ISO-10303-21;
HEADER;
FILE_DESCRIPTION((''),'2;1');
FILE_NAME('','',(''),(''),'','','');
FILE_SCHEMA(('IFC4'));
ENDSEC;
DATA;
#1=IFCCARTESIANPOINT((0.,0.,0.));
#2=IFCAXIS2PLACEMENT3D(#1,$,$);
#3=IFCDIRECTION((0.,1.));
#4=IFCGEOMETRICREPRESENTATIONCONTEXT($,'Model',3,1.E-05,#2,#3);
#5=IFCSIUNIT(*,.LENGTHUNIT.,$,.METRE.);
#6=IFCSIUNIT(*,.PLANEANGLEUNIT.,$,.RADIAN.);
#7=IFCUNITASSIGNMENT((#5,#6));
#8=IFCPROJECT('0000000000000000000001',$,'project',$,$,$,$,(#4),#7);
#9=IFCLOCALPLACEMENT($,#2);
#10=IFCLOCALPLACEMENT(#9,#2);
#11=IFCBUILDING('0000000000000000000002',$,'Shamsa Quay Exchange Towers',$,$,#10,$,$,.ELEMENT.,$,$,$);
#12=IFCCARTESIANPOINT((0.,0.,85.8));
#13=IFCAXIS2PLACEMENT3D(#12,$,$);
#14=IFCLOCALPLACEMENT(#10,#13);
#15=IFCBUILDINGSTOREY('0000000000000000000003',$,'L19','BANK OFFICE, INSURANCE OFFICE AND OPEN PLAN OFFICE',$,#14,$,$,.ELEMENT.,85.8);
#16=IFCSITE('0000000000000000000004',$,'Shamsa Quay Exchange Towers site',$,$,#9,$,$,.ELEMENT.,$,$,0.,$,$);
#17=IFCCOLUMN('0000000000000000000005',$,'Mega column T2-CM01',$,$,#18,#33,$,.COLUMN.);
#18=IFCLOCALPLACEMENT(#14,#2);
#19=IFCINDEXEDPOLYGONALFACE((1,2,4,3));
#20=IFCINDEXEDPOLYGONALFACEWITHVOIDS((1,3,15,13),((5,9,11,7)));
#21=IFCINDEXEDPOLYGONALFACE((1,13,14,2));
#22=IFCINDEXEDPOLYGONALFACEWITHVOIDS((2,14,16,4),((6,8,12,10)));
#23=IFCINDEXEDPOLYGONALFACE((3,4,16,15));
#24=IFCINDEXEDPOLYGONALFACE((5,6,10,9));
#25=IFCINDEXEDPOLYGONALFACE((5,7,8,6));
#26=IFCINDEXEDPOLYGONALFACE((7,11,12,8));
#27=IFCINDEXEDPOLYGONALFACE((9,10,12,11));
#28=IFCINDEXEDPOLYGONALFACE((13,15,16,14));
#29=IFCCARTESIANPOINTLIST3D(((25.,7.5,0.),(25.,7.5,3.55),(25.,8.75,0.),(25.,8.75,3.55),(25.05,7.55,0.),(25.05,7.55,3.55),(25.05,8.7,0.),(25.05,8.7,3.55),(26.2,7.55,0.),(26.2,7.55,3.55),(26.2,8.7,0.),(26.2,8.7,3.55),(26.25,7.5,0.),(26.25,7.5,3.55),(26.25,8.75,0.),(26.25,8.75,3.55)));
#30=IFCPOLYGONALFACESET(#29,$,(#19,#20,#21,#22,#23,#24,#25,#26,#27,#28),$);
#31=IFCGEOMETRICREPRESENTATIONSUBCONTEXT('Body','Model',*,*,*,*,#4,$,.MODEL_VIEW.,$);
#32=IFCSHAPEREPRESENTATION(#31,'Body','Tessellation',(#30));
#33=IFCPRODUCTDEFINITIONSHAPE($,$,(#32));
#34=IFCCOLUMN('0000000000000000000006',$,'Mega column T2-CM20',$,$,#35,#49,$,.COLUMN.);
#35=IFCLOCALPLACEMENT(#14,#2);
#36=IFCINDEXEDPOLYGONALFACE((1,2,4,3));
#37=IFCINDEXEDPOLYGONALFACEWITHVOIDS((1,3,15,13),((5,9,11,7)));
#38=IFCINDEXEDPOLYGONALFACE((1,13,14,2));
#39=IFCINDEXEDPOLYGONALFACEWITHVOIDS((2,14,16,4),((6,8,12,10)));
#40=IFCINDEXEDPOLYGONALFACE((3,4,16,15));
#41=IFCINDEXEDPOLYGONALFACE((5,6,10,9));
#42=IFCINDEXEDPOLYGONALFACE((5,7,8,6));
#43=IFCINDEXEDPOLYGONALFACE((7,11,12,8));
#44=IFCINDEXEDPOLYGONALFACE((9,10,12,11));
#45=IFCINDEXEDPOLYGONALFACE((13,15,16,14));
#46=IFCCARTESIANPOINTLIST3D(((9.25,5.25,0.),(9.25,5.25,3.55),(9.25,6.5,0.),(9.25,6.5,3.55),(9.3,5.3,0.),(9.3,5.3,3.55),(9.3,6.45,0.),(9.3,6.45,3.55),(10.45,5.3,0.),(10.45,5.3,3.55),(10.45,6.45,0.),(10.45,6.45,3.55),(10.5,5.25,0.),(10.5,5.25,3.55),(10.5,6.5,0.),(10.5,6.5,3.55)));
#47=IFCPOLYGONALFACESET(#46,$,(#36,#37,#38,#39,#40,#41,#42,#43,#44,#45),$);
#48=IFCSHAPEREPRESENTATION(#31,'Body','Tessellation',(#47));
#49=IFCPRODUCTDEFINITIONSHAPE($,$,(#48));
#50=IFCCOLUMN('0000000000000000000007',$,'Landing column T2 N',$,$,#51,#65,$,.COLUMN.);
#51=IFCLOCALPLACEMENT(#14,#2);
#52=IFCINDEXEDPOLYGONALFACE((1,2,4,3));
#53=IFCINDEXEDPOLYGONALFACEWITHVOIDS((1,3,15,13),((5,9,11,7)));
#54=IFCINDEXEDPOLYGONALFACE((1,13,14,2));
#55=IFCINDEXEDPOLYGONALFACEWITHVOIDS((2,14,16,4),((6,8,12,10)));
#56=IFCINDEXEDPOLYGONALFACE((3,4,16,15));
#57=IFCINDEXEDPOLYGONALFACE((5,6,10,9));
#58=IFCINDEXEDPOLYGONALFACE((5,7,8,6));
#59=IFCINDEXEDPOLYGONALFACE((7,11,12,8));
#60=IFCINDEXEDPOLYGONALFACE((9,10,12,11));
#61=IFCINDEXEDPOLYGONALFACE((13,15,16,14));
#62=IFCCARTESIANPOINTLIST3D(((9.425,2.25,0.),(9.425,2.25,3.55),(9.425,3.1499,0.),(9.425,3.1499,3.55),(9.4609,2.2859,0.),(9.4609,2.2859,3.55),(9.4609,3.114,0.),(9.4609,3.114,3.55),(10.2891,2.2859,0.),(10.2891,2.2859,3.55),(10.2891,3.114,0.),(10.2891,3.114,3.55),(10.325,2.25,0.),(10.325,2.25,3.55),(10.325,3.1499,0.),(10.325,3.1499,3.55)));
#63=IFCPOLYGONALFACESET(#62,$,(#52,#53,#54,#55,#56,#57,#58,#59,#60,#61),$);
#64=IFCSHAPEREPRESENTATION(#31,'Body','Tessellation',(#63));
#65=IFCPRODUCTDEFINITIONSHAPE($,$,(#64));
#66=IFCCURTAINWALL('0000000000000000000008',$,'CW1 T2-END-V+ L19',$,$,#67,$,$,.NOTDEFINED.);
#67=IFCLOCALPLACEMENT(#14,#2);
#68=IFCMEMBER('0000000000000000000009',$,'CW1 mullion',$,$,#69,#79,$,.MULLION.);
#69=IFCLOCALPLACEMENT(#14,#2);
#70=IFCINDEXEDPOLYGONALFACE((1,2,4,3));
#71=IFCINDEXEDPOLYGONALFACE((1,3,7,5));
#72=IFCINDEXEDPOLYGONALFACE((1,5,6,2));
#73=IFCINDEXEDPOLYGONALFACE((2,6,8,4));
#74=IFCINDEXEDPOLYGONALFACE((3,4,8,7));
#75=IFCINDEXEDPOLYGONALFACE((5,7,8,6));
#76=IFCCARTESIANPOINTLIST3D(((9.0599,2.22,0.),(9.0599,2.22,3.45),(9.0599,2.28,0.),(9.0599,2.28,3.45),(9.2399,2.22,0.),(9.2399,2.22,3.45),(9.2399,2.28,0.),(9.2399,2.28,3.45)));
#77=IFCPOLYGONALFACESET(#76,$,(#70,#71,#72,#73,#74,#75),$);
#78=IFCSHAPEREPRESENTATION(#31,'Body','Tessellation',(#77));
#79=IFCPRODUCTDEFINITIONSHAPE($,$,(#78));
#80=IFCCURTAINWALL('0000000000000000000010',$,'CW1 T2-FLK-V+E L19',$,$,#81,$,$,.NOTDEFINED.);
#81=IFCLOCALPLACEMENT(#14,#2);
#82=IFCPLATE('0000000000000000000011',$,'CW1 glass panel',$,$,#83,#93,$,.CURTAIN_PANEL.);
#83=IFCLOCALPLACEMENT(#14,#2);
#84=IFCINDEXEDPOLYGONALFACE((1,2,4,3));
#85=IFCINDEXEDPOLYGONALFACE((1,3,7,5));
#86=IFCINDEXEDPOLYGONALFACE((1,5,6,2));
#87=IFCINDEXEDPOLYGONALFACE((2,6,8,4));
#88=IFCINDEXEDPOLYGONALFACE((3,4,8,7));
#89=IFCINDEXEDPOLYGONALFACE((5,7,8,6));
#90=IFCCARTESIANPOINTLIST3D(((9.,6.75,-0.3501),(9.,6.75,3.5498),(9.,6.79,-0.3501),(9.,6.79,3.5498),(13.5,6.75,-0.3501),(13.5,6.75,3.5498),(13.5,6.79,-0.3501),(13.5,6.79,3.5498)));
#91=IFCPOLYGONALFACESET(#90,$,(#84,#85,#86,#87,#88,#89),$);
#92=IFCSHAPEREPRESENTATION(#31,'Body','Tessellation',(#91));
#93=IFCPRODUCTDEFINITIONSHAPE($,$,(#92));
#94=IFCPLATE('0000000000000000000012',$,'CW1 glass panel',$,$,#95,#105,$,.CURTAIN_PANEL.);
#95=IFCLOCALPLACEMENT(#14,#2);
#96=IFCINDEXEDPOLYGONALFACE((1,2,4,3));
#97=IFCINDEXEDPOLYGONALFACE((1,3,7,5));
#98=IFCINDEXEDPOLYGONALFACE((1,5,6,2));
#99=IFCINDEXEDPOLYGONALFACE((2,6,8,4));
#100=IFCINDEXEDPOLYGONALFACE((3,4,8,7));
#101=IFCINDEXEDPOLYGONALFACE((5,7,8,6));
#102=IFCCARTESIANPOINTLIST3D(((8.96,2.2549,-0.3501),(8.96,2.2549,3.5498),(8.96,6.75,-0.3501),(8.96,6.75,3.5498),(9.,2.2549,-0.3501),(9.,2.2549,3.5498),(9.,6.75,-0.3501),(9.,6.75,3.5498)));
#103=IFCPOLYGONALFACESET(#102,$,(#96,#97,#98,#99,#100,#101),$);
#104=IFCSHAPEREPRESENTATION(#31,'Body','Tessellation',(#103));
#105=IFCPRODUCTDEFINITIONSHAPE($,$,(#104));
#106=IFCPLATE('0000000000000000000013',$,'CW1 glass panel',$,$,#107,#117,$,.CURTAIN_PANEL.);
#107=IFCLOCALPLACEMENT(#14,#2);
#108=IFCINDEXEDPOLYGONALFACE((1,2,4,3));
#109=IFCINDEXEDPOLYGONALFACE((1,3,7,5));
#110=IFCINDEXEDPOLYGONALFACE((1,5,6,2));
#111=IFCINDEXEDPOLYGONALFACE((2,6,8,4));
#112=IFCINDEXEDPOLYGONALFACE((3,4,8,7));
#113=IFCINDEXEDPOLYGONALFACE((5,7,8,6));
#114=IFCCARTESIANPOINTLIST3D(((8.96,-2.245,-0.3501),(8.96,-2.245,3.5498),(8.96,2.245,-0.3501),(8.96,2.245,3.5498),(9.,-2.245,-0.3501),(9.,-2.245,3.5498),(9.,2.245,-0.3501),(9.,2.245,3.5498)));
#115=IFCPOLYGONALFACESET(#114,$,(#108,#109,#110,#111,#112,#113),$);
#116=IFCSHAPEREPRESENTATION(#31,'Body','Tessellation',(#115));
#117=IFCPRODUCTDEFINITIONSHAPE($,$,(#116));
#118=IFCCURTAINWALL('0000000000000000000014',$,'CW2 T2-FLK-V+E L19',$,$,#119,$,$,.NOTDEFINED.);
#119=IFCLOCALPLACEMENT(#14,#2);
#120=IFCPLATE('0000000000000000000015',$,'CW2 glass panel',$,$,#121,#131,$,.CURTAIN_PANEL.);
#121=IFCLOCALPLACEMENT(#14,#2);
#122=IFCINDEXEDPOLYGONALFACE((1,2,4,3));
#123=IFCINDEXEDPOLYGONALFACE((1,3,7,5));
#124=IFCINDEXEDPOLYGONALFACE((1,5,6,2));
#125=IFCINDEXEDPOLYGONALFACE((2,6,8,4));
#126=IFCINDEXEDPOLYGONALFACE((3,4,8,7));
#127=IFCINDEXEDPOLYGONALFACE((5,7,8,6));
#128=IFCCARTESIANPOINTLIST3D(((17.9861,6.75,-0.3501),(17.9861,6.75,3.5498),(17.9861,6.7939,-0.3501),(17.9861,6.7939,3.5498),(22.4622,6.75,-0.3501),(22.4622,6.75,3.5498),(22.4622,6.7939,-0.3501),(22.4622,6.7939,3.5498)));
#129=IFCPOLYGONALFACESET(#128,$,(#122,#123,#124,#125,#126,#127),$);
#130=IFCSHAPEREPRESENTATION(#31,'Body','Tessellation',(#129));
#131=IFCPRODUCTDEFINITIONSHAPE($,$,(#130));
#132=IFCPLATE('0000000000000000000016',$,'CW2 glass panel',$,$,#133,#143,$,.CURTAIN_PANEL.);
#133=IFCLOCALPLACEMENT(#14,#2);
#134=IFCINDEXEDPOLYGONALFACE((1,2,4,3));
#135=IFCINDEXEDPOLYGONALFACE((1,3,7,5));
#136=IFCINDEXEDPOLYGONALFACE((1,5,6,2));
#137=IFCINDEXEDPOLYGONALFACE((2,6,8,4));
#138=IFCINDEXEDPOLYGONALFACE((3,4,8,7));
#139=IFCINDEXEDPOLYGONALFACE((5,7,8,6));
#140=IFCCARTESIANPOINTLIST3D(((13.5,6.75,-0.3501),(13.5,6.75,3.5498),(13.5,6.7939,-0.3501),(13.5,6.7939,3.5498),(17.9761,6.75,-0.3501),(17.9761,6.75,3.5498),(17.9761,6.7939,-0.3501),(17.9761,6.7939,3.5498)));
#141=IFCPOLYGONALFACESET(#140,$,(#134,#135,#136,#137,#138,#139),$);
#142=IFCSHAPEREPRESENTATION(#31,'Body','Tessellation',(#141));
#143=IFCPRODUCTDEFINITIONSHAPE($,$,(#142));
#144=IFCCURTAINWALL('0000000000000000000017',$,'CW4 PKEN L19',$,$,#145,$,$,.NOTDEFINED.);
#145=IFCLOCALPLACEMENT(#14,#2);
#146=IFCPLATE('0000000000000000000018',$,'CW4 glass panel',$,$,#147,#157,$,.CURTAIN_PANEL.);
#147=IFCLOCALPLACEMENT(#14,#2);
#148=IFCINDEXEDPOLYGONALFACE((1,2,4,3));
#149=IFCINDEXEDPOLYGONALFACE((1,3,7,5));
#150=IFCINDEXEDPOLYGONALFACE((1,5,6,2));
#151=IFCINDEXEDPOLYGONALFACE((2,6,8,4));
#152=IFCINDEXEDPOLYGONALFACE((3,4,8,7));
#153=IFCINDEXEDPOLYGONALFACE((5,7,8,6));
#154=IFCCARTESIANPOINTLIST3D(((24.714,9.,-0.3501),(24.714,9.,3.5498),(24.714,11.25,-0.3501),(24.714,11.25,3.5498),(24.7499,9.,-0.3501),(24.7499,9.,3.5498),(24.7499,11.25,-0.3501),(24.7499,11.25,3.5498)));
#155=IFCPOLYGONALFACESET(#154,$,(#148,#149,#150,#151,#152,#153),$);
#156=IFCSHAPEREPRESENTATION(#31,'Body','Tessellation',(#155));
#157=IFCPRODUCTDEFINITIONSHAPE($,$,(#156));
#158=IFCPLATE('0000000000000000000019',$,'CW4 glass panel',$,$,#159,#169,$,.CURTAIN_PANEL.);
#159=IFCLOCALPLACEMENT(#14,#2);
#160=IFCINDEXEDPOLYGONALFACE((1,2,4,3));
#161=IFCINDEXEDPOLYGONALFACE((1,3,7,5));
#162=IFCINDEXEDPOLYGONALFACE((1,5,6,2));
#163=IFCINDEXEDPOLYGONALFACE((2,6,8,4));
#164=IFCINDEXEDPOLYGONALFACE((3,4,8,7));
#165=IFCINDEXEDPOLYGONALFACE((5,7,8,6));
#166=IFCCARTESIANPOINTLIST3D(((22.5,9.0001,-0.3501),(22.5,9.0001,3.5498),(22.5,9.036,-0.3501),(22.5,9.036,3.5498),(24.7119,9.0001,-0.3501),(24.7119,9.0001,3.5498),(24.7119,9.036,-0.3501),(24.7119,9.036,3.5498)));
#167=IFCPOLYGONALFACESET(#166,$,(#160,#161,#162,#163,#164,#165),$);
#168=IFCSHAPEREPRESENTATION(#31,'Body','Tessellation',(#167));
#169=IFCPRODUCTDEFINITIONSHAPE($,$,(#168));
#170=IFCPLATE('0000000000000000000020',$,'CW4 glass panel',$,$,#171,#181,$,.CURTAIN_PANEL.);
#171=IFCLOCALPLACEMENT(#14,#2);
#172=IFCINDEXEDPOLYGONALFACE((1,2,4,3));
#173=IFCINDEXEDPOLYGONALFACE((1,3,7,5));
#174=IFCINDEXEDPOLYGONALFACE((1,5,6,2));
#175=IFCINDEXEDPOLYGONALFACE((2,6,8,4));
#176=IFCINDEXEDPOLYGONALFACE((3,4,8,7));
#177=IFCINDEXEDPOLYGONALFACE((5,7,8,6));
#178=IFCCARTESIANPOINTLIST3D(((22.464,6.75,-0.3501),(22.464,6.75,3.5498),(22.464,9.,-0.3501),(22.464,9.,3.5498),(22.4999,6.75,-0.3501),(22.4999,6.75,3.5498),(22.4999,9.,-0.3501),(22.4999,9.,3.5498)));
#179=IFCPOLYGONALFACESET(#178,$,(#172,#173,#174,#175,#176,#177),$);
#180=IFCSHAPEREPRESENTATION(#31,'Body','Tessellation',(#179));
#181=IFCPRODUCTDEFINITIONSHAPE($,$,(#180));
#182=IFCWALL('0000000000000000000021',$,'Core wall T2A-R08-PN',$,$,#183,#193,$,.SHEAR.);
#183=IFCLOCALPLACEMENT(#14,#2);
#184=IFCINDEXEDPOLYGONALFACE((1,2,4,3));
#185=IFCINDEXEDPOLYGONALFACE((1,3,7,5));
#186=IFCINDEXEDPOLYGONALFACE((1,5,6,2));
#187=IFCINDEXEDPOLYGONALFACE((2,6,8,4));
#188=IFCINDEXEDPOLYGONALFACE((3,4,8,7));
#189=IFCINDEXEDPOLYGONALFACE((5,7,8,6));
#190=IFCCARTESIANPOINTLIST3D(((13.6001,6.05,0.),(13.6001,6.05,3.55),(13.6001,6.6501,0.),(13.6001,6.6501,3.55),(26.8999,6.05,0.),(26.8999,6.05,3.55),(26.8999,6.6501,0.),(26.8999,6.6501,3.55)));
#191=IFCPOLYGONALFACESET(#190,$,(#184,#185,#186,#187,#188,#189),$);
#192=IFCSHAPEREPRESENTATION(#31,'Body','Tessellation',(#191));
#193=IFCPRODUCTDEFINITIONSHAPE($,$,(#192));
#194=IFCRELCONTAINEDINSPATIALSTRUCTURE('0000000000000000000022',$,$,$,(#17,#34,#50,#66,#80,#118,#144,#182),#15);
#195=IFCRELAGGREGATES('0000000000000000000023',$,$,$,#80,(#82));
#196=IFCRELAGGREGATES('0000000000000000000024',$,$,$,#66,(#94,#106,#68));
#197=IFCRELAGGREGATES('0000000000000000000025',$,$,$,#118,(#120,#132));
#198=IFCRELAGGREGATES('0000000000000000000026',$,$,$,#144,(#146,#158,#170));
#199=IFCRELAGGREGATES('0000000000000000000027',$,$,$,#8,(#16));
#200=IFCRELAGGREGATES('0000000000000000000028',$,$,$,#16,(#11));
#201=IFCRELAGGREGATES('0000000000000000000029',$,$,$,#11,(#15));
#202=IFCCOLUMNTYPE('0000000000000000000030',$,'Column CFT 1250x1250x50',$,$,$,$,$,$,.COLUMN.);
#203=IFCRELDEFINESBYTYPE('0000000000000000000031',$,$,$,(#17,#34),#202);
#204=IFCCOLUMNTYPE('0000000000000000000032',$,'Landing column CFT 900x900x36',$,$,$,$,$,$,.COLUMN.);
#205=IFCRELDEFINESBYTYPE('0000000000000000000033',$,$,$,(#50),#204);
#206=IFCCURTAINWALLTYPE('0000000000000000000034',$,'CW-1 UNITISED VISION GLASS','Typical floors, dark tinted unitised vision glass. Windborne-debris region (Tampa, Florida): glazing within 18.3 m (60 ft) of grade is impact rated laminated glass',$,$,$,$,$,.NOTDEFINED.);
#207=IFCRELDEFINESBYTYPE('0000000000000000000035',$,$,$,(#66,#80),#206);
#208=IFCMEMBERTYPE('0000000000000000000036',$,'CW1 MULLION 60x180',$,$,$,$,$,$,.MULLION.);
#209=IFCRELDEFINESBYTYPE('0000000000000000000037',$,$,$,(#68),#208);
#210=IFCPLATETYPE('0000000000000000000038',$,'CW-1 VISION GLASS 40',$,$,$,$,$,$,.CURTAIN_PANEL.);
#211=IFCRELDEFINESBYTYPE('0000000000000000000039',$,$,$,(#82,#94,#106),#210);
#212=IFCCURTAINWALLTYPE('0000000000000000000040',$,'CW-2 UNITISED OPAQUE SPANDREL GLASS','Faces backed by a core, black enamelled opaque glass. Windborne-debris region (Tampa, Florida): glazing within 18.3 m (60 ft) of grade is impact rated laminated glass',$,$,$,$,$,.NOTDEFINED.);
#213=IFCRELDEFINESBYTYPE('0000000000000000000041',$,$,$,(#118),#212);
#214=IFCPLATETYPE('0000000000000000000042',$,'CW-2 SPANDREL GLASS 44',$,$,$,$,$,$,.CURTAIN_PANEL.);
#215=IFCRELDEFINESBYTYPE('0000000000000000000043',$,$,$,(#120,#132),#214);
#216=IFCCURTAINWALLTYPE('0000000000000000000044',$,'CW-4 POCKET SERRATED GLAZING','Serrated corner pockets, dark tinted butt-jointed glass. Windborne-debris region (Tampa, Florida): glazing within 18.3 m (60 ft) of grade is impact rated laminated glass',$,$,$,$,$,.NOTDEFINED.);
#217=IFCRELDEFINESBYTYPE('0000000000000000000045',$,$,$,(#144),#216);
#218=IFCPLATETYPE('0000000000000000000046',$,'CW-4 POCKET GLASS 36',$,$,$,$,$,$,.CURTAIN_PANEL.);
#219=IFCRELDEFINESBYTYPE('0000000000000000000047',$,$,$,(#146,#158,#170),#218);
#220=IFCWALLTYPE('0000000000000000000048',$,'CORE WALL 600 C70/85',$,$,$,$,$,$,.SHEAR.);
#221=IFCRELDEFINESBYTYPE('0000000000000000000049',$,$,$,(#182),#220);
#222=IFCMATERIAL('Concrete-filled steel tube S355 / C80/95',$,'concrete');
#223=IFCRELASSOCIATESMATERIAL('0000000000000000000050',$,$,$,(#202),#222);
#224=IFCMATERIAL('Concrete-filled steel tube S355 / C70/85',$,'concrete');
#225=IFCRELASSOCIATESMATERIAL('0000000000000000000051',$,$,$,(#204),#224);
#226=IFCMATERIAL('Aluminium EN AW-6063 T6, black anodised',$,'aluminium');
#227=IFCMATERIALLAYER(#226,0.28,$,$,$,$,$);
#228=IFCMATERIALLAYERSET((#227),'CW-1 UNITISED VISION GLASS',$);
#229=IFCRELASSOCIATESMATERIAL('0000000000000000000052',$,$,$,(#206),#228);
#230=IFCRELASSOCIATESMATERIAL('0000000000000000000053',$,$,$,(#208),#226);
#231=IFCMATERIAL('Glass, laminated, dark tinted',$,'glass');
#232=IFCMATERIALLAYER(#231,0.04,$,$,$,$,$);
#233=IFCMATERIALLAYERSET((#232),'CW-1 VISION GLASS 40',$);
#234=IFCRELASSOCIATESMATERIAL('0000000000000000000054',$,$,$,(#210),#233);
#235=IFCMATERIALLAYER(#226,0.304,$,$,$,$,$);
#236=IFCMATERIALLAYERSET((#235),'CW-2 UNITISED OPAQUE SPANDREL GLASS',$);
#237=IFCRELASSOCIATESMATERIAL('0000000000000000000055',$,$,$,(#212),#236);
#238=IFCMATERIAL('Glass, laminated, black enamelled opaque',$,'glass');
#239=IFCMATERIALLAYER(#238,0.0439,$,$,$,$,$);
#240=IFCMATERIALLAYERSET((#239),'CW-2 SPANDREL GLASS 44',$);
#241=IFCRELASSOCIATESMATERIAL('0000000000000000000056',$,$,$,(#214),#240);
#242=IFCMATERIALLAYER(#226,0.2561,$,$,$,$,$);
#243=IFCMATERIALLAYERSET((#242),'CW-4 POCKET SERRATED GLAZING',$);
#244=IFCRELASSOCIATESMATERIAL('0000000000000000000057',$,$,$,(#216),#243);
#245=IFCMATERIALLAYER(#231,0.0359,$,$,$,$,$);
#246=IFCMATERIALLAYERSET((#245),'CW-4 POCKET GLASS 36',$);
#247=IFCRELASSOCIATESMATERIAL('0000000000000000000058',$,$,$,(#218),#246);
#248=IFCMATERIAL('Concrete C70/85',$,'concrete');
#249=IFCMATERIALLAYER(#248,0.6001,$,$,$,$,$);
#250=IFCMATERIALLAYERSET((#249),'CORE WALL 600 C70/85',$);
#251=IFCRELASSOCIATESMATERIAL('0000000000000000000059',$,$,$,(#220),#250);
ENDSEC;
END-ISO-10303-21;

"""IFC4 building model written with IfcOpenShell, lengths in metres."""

from ifc_helpers import new_model, si_unit, direction, frame, frame_2d, origin, origin_2d, place, context, subcontext, project, spatial, rectangle, hollow_rectangle, extrude, material, layer, layer_set, material_profile, profile_set, type_object, element, aggregate, save


model = new_model("IFC4")

# Units and contexts
model_context = context("Model", 3, precision=1e-05, world=origin(), true_north=direction((0.0, 1.0)))
body_context = subcontext(model_context, "Body", "Model", "MODEL_VIEW")
ifc_project = project(units=[si_unit("LENGTHUNIT", "METRE"), si_unit("PLANEANGLEUNIT", "RADIAN")], contexts=[model_context])

# Site, building, storey
site_placement = place(None, origin())
site = spatial("IfcSite", under=ifc_project, at=site_placement, Name="Shamsa Quay Exchange Towers site", CompositionType="ELEMENT", RefElevation=0.0)
building_placement = place(site_placement, origin())
building = spatial("IfcBuilding", under=site, at=building_placement, Name="Shamsa Quay Exchange Towers", CompositionType="ELEMENT")
storey_placement = place(building_placement, frame((0.0, 0.0, 85.8)))
storey = spatial("IfcBuildingStorey", under=building, at=storey_placement, Name="L19", Description="BANK OFFICE, INSURANCE OFFICE AND OPEN PLAN OFFICE", CompositionType="ELEMENT", Elevation=85.8)

# Columns
ifc_material_1 = material(Name="Concrete-filled steel tube S355 / C80/95", Category="concrete")
ifc_material_profile_1 = material_profile(ifc_material_1, hollow_rectangle(XDim=1.25, YDim=1.25, WallThickness=0.05, at=origin_2d()), Name="CFT 1250x1250x50")
ifc_profile_set_1 = profile_set([ifc_material_profile_1], Name="Concrete-filled steel tube S355 / C80/95")
column_type_1 = type_object("IfcColumnType", Name="Column CFT 1250x1250x50", PredefinedType="COLUMN", material=ifc_profile_set_1)
for number, where, name in (
    (1, (25.625, 8.125, 0.0), "Mega column T2-CM01"),
    (2, (9.875, 5.875, 0.0), "Mega column T2-CM20"),
):
    element("IfcColumn", number, at=place(storey_placement, frame(where)), inside=storey, type_object=column_type_1, Name=name, PredefinedType="COLUMN", context=body_context, shape_type="SweptSolid", body=[
        extrude(hollow_rectangle(XDim=1.25, YDim=1.25, WallThickness=0.05, at=origin_2d()), origin(), (0.0, 0.0, 1.0), 3.55),
    ])
ifc_material_2 = material(Name="Concrete-filled steel tube S355 / C70/85", Category="concrete")
ifc_material_profile_2 = material_profile(ifc_material_2, hollow_rectangle(XDim=0.8999, YDim=0.8999, WallThickness=0.0359, at=origin_2d()), Name="CFT 900x900x36")
ifc_profile_set_2 = profile_set([ifc_material_profile_2], Name="Concrete-filled steel tube S355 / C70/85")
column_type_2 = type_object("IfcColumnType", Name="Landing column CFT 900x900x36", PredefinedType="COLUMN", material=ifc_profile_set_2)
column_placement = place(storey_placement, frame((9.875, 2.7, 0.0)))
element("IfcColumn", 3, at=column_placement, inside=storey, type_object=column_type_2, Name="Landing column T2 N", PredefinedType="COLUMN", context=body_context, shape_type="SweptSolid", body=[
    extrude(hollow_rectangle(XDim=0.8999, YDim=0.8999, WallThickness=0.0359, at=origin_2d()), origin(), (0.0, 0.0, 1.0), 3.55),
])

# Curtain wall, member
ifc_material_3 = material(Name="Aluminium EN AW-6063 T6, black anodised", Category="aluminium")
ifc_layer_1 = layer(ifc_material_3, 0.28)
ifc_layer_set_1 = layer_set([ifc_layer_1], Name="CW-1 UNITISED VISION GLASS")
curtain_wall_type_1 = type_object("IfcCurtainWallType", Name="CW-1 UNITISED VISION GLASS", Description="Typical floors, dark tinted unitised vision glass. Windborne-debris region (Tampa, Florida): glazing within 18.3 m (60 ft) of grade is impact rated laminated glass", PredefinedType="NOTDEFINED", material=ifc_layer_set_1)
curtain_wall_1_placement = place(storey_placement, origin())
curtain_wall_1 = element("IfcCurtainWall", 4, at=curtain_wall_1_placement, inside=storey, type_object=curtain_wall_type_1, Name="CW1 T2-END-V+ L19", PredefinedType="NOTDEFINED")
ifc_material_profile_3 = material_profile(ifc_material_3, rectangle(XDim=0.1799, YDim=0.0601, at=origin_2d()), Name="MU60x180")
ifc_profile_set_3 = profile_set([ifc_material_profile_3], Name="Aluminium EN AW-6063 T6, black anodised")
member_type = type_object("IfcMemberType", Name="CW1 MULLION 60x180", PredefinedType="MULLION", material=ifc_profile_set_3)
member_placement = place(storey_placement, frame((9.1499, 2.25, 0.0)))
member = element("IfcMember", 5, at=member_placement, type_object=member_type, Name="CW1 mullion", PredefinedType="MULLION", context=body_context, shape_type="SweptSolid", body=[
    extrude(rectangle(XDim=0.1799, YDim=0.0601, at=origin_2d()), origin(), (0.0, 0.0, 1.0), 3.45),
])

# Curtain wall, plate
curtain_wall_2_placement = place(storey_placement, origin())
curtain_wall_2 = element("IfcCurtainWall", 6, at=curtain_wall_2_placement, inside=storey, type_object=curtain_wall_type_1, Name="CW1 T2-FLK-V+E L19", PredefinedType="NOTDEFINED")
ifc_material_4 = material(Name="Glass, laminated, dark tinted", Category="glass")
ifc_layer_2 = layer(ifc_material_4, 0.04)
ifc_layer_set_2 = layer_set([ifc_layer_2], Name="CW-1 VISION GLASS 40")
plate_type_1 = type_object("IfcPlateType", Name="CW-1 VISION GLASS 40", PredefinedType="CURTAIN_PANEL", material=ifc_layer_set_2)
plate_1_placement = place(storey_placement, frame((11.25, 6.77, -0.3501), z_axis=(0.0, 0.0, 1.0), x_axis=(-1.0, 0.0, 0.0)))
plate_1 = element("IfcPlate", 7, at=plate_1_placement, type_object=plate_type_1, Name="CW1 glass panel", PredefinedType="CURTAIN_PANEL", context=body_context, shape_type="SweptSolid", body=[
    extrude(rectangle(XDim=4.5, YDim=0.04, at=origin_2d()), origin(), (0.0, 0.0, 1.0), 3.8999),
])
aggregate(curtain_wall_2, [plate_1])

# Plates
plate_2_placement = place(storey_placement, frame((8.98, 4.5024, -0.3501), z_axis=(0.0, 0.0, 1.0), x_axis=(0.0, -1.0, 0.0)))
plate_2 = element("IfcPlate", 8, at=plate_2_placement, type_object=plate_type_1, Name="CW1 glass panel", PredefinedType="CURTAIN_PANEL", context=body_context, shape_type="SweptSolid", body=[
    extrude(rectangle(XDim=4.4951, YDim=0.04, at=origin_2d()), origin(), (0.0, 0.0, 1.0), 3.8999),
])
plate_3_placement = place(storey_placement, frame((8.98, 0.0, -0.3501), z_axis=(0.0, 0.0, 1.0), x_axis=(0.0, -1.0, 0.0)))
plate_3 = element("IfcPlate", 9, at=plate_3_placement, type_object=plate_type_1, Name="CW1 glass panel", PredefinedType="CURTAIN_PANEL", context=body_context, shape_type="SweptSolid", body=[
    extrude(rectangle(XDim=4.49, YDim=0.04, at=origin_2d()), origin(), (0.0, 0.0, 1.0), 3.8999),
])
aggregate(curtain_wall_1, [plate_2, plate_3, member])

# Curtain walls, plates
ifc_layer_3 = layer(ifc_material_3, 0.304)
ifc_layer_set_3 = layer_set([ifc_layer_3], Name="CW-2 UNITISED OPAQUE SPANDREL GLASS")
curtain_wall_type_2 = type_object("IfcCurtainWallType", Name="CW-2 UNITISED OPAQUE SPANDREL GLASS", Description="Faces backed by a core, black enamelled opaque glass. Windborne-debris region (Tampa, Florida): glazing within 18.3 m (60 ft) of grade is impact rated laminated glass", PredefinedType="NOTDEFINED", material=ifc_layer_set_3)
curtain_wall_3_placement = place(storey_placement, origin())
curtain_wall_3 = element("IfcCurtainWall", 10, at=curtain_wall_3_placement, inside=storey, type_object=curtain_wall_type_2, Name="CW2 T2-FLK-V+E L19", PredefinedType="NOTDEFINED")
ifc_material_5 = material(Name="Glass, laminated, black enamelled opaque", Category="glass")
ifc_layer_4 = layer(ifc_material_5, 0.0439)
ifc_layer_set_4 = layer_set([ifc_layer_4], Name="CW-2 SPANDREL GLASS 44")
plate_type_2 = type_object("IfcPlateType", Name="CW-2 SPANDREL GLASS 44", PredefinedType="CURTAIN_PANEL", material=ifc_layer_set_4)
plate_4_placement = place(storey_placement, frame((20.2241, 6.772, -0.3501), z_axis=(0.0, 0.0, 1.0), x_axis=(-1.0, 0.0, 0.0)))
plate_4 = element("IfcPlate", 11, at=plate_4_placement, type_object=plate_type_2, Name="CW2 glass panel", PredefinedType="CURTAIN_PANEL", context=body_context, shape_type="SweptSolid", body=[
    extrude(rectangle(XDim=4.4761, YDim=0.0439, at=origin_2d()), origin(), (0.0, 0.0, 1.0), 3.8999),
])
plate_5_placement = place(storey_placement, frame((15.738, 6.772, -0.3501), z_axis=(0.0, 0.0, 1.0), x_axis=(-1.0, 0.0, 0.0)))
plate_5 = element("IfcPlate", 12, at=plate_5_placement, type_object=plate_type_2, Name="CW2 glass panel", PredefinedType="CURTAIN_PANEL", context=body_context, shape_type="SweptSolid", body=[
    extrude(rectangle(XDim=4.4761, YDim=0.0439, at=origin_2d()), origin(), (0.0, 0.0, 1.0), 3.8999),
])
aggregate(curtain_wall_3, [plate_4, plate_5])
ifc_layer_5 = layer(ifc_material_3, 0.2561)
ifc_layer_set_5 = layer_set([ifc_layer_5], Name="CW-4 POCKET SERRATED GLAZING")
curtain_wall_type_3 = type_object("IfcCurtainWallType", Name="CW-4 POCKET SERRATED GLAZING", Description="Serrated corner pockets, dark tinted butt-jointed glass. Windborne-debris region (Tampa, Florida): glazing within 18.3 m (60 ft) of grade is impact rated laminated glass", PredefinedType="NOTDEFINED", material=ifc_layer_set_5)
curtain_wall_4_placement = place(storey_placement, origin())
curtain_wall_4 = element("IfcCurtainWall", 13, at=curtain_wall_4_placement, inside=storey, type_object=curtain_wall_type_3, Name="CW4 PKEN L19", PredefinedType="NOTDEFINED")
ifc_layer_6 = layer(ifc_material_4, 0.0359)
ifc_layer_set_6 = layer_set([ifc_layer_6], Name="CW-4 POCKET GLASS 36")
plate_type_3 = type_object("IfcPlateType", Name="CW-4 POCKET GLASS 36", PredefinedType="CURTAIN_PANEL", material=ifc_layer_set_6)
plate_6_placement = place(storey_placement, frame((24.7319, 10.125, -0.3501), z_axis=(0.0, 0.0, 1.0), x_axis=(0.0, -1.0, 0.0)))
plate_6 = element("IfcPlate", 14, at=plate_6_placement, type_object=plate_type_3, Name="CW4 glass panel", PredefinedType="CURTAIN_PANEL", context=body_context, shape_type="SweptSolid", body=[
    extrude(rectangle(XDim=2.25, YDim=0.0359, at=origin_2d()), origin(), (0.0, 0.0, 1.0), 3.8999),
])
plate_7_placement = place(storey_placement, frame((23.606, 9.0181, -0.3501), z_axis=(0.0, 0.0, 1.0), x_axis=(-1.0, 0.0, 0.0)))
plate_7 = element("IfcPlate", 15, at=plate_7_placement, type_object=plate_type_3, Name="CW4 glass panel", PredefinedType="CURTAIN_PANEL", context=body_context, shape_type="SweptSolid", body=[
    extrude(rectangle(XDim=2.2119, YDim=0.0359, at=origin_2d()), origin(), (0.0, 0.0, 1.0), 3.8999),
])
plate_8_placement = place(storey_placement, frame((22.4819, 7.875, -0.3501), z_axis=(0.0, 0.0, 1.0), x_axis=(0.0, -1.0, 0.0)))
plate_8 = element("IfcPlate", 16, at=plate_8_placement, type_object=plate_type_3, Name="CW4 glass panel", PredefinedType="CURTAIN_PANEL", context=body_context, shape_type="SweptSolid", body=[
    extrude(rectangle(XDim=2.25, YDim=0.0359, at=origin_2d()), origin(), (0.0, 0.0, 1.0), 3.8999),
])
aggregate(curtain_wall_4, [plate_6, plate_7, plate_8])

# Wall
ifc_material_6 = material(Name="Concrete C70/85", Category="concrete")
ifc_layer_7 = layer(ifc_material_6, 0.6001)
ifc_layer_set_7 = layer_set([ifc_layer_7], Name="CORE WALL 600 C70/85")
wall_type_1 = type_object("IfcWallType", Name="CORE WALL 600 C70/85", PredefinedType="SHEAR", material=ifc_layer_set_7)
wall_1_placement = place(storey_placement, frame((13.6001, 6.3501, 0.0)))
element("IfcWall", 17, at=wall_1_placement, inside=storey, type_object=wall_type_1, Name="Core wall T2A-R08-PN", PredefinedType="SHEAR", context=body_context, shape_type="SweptSolid", body=[
    extrude(rectangle(XDim=13.2998, YDim=0.6001, at=frame_2d((6.6499, 0.0))), origin(), (0.0, 0.0, 1.0), 3.55),
])

save(model, "model.ifc")
